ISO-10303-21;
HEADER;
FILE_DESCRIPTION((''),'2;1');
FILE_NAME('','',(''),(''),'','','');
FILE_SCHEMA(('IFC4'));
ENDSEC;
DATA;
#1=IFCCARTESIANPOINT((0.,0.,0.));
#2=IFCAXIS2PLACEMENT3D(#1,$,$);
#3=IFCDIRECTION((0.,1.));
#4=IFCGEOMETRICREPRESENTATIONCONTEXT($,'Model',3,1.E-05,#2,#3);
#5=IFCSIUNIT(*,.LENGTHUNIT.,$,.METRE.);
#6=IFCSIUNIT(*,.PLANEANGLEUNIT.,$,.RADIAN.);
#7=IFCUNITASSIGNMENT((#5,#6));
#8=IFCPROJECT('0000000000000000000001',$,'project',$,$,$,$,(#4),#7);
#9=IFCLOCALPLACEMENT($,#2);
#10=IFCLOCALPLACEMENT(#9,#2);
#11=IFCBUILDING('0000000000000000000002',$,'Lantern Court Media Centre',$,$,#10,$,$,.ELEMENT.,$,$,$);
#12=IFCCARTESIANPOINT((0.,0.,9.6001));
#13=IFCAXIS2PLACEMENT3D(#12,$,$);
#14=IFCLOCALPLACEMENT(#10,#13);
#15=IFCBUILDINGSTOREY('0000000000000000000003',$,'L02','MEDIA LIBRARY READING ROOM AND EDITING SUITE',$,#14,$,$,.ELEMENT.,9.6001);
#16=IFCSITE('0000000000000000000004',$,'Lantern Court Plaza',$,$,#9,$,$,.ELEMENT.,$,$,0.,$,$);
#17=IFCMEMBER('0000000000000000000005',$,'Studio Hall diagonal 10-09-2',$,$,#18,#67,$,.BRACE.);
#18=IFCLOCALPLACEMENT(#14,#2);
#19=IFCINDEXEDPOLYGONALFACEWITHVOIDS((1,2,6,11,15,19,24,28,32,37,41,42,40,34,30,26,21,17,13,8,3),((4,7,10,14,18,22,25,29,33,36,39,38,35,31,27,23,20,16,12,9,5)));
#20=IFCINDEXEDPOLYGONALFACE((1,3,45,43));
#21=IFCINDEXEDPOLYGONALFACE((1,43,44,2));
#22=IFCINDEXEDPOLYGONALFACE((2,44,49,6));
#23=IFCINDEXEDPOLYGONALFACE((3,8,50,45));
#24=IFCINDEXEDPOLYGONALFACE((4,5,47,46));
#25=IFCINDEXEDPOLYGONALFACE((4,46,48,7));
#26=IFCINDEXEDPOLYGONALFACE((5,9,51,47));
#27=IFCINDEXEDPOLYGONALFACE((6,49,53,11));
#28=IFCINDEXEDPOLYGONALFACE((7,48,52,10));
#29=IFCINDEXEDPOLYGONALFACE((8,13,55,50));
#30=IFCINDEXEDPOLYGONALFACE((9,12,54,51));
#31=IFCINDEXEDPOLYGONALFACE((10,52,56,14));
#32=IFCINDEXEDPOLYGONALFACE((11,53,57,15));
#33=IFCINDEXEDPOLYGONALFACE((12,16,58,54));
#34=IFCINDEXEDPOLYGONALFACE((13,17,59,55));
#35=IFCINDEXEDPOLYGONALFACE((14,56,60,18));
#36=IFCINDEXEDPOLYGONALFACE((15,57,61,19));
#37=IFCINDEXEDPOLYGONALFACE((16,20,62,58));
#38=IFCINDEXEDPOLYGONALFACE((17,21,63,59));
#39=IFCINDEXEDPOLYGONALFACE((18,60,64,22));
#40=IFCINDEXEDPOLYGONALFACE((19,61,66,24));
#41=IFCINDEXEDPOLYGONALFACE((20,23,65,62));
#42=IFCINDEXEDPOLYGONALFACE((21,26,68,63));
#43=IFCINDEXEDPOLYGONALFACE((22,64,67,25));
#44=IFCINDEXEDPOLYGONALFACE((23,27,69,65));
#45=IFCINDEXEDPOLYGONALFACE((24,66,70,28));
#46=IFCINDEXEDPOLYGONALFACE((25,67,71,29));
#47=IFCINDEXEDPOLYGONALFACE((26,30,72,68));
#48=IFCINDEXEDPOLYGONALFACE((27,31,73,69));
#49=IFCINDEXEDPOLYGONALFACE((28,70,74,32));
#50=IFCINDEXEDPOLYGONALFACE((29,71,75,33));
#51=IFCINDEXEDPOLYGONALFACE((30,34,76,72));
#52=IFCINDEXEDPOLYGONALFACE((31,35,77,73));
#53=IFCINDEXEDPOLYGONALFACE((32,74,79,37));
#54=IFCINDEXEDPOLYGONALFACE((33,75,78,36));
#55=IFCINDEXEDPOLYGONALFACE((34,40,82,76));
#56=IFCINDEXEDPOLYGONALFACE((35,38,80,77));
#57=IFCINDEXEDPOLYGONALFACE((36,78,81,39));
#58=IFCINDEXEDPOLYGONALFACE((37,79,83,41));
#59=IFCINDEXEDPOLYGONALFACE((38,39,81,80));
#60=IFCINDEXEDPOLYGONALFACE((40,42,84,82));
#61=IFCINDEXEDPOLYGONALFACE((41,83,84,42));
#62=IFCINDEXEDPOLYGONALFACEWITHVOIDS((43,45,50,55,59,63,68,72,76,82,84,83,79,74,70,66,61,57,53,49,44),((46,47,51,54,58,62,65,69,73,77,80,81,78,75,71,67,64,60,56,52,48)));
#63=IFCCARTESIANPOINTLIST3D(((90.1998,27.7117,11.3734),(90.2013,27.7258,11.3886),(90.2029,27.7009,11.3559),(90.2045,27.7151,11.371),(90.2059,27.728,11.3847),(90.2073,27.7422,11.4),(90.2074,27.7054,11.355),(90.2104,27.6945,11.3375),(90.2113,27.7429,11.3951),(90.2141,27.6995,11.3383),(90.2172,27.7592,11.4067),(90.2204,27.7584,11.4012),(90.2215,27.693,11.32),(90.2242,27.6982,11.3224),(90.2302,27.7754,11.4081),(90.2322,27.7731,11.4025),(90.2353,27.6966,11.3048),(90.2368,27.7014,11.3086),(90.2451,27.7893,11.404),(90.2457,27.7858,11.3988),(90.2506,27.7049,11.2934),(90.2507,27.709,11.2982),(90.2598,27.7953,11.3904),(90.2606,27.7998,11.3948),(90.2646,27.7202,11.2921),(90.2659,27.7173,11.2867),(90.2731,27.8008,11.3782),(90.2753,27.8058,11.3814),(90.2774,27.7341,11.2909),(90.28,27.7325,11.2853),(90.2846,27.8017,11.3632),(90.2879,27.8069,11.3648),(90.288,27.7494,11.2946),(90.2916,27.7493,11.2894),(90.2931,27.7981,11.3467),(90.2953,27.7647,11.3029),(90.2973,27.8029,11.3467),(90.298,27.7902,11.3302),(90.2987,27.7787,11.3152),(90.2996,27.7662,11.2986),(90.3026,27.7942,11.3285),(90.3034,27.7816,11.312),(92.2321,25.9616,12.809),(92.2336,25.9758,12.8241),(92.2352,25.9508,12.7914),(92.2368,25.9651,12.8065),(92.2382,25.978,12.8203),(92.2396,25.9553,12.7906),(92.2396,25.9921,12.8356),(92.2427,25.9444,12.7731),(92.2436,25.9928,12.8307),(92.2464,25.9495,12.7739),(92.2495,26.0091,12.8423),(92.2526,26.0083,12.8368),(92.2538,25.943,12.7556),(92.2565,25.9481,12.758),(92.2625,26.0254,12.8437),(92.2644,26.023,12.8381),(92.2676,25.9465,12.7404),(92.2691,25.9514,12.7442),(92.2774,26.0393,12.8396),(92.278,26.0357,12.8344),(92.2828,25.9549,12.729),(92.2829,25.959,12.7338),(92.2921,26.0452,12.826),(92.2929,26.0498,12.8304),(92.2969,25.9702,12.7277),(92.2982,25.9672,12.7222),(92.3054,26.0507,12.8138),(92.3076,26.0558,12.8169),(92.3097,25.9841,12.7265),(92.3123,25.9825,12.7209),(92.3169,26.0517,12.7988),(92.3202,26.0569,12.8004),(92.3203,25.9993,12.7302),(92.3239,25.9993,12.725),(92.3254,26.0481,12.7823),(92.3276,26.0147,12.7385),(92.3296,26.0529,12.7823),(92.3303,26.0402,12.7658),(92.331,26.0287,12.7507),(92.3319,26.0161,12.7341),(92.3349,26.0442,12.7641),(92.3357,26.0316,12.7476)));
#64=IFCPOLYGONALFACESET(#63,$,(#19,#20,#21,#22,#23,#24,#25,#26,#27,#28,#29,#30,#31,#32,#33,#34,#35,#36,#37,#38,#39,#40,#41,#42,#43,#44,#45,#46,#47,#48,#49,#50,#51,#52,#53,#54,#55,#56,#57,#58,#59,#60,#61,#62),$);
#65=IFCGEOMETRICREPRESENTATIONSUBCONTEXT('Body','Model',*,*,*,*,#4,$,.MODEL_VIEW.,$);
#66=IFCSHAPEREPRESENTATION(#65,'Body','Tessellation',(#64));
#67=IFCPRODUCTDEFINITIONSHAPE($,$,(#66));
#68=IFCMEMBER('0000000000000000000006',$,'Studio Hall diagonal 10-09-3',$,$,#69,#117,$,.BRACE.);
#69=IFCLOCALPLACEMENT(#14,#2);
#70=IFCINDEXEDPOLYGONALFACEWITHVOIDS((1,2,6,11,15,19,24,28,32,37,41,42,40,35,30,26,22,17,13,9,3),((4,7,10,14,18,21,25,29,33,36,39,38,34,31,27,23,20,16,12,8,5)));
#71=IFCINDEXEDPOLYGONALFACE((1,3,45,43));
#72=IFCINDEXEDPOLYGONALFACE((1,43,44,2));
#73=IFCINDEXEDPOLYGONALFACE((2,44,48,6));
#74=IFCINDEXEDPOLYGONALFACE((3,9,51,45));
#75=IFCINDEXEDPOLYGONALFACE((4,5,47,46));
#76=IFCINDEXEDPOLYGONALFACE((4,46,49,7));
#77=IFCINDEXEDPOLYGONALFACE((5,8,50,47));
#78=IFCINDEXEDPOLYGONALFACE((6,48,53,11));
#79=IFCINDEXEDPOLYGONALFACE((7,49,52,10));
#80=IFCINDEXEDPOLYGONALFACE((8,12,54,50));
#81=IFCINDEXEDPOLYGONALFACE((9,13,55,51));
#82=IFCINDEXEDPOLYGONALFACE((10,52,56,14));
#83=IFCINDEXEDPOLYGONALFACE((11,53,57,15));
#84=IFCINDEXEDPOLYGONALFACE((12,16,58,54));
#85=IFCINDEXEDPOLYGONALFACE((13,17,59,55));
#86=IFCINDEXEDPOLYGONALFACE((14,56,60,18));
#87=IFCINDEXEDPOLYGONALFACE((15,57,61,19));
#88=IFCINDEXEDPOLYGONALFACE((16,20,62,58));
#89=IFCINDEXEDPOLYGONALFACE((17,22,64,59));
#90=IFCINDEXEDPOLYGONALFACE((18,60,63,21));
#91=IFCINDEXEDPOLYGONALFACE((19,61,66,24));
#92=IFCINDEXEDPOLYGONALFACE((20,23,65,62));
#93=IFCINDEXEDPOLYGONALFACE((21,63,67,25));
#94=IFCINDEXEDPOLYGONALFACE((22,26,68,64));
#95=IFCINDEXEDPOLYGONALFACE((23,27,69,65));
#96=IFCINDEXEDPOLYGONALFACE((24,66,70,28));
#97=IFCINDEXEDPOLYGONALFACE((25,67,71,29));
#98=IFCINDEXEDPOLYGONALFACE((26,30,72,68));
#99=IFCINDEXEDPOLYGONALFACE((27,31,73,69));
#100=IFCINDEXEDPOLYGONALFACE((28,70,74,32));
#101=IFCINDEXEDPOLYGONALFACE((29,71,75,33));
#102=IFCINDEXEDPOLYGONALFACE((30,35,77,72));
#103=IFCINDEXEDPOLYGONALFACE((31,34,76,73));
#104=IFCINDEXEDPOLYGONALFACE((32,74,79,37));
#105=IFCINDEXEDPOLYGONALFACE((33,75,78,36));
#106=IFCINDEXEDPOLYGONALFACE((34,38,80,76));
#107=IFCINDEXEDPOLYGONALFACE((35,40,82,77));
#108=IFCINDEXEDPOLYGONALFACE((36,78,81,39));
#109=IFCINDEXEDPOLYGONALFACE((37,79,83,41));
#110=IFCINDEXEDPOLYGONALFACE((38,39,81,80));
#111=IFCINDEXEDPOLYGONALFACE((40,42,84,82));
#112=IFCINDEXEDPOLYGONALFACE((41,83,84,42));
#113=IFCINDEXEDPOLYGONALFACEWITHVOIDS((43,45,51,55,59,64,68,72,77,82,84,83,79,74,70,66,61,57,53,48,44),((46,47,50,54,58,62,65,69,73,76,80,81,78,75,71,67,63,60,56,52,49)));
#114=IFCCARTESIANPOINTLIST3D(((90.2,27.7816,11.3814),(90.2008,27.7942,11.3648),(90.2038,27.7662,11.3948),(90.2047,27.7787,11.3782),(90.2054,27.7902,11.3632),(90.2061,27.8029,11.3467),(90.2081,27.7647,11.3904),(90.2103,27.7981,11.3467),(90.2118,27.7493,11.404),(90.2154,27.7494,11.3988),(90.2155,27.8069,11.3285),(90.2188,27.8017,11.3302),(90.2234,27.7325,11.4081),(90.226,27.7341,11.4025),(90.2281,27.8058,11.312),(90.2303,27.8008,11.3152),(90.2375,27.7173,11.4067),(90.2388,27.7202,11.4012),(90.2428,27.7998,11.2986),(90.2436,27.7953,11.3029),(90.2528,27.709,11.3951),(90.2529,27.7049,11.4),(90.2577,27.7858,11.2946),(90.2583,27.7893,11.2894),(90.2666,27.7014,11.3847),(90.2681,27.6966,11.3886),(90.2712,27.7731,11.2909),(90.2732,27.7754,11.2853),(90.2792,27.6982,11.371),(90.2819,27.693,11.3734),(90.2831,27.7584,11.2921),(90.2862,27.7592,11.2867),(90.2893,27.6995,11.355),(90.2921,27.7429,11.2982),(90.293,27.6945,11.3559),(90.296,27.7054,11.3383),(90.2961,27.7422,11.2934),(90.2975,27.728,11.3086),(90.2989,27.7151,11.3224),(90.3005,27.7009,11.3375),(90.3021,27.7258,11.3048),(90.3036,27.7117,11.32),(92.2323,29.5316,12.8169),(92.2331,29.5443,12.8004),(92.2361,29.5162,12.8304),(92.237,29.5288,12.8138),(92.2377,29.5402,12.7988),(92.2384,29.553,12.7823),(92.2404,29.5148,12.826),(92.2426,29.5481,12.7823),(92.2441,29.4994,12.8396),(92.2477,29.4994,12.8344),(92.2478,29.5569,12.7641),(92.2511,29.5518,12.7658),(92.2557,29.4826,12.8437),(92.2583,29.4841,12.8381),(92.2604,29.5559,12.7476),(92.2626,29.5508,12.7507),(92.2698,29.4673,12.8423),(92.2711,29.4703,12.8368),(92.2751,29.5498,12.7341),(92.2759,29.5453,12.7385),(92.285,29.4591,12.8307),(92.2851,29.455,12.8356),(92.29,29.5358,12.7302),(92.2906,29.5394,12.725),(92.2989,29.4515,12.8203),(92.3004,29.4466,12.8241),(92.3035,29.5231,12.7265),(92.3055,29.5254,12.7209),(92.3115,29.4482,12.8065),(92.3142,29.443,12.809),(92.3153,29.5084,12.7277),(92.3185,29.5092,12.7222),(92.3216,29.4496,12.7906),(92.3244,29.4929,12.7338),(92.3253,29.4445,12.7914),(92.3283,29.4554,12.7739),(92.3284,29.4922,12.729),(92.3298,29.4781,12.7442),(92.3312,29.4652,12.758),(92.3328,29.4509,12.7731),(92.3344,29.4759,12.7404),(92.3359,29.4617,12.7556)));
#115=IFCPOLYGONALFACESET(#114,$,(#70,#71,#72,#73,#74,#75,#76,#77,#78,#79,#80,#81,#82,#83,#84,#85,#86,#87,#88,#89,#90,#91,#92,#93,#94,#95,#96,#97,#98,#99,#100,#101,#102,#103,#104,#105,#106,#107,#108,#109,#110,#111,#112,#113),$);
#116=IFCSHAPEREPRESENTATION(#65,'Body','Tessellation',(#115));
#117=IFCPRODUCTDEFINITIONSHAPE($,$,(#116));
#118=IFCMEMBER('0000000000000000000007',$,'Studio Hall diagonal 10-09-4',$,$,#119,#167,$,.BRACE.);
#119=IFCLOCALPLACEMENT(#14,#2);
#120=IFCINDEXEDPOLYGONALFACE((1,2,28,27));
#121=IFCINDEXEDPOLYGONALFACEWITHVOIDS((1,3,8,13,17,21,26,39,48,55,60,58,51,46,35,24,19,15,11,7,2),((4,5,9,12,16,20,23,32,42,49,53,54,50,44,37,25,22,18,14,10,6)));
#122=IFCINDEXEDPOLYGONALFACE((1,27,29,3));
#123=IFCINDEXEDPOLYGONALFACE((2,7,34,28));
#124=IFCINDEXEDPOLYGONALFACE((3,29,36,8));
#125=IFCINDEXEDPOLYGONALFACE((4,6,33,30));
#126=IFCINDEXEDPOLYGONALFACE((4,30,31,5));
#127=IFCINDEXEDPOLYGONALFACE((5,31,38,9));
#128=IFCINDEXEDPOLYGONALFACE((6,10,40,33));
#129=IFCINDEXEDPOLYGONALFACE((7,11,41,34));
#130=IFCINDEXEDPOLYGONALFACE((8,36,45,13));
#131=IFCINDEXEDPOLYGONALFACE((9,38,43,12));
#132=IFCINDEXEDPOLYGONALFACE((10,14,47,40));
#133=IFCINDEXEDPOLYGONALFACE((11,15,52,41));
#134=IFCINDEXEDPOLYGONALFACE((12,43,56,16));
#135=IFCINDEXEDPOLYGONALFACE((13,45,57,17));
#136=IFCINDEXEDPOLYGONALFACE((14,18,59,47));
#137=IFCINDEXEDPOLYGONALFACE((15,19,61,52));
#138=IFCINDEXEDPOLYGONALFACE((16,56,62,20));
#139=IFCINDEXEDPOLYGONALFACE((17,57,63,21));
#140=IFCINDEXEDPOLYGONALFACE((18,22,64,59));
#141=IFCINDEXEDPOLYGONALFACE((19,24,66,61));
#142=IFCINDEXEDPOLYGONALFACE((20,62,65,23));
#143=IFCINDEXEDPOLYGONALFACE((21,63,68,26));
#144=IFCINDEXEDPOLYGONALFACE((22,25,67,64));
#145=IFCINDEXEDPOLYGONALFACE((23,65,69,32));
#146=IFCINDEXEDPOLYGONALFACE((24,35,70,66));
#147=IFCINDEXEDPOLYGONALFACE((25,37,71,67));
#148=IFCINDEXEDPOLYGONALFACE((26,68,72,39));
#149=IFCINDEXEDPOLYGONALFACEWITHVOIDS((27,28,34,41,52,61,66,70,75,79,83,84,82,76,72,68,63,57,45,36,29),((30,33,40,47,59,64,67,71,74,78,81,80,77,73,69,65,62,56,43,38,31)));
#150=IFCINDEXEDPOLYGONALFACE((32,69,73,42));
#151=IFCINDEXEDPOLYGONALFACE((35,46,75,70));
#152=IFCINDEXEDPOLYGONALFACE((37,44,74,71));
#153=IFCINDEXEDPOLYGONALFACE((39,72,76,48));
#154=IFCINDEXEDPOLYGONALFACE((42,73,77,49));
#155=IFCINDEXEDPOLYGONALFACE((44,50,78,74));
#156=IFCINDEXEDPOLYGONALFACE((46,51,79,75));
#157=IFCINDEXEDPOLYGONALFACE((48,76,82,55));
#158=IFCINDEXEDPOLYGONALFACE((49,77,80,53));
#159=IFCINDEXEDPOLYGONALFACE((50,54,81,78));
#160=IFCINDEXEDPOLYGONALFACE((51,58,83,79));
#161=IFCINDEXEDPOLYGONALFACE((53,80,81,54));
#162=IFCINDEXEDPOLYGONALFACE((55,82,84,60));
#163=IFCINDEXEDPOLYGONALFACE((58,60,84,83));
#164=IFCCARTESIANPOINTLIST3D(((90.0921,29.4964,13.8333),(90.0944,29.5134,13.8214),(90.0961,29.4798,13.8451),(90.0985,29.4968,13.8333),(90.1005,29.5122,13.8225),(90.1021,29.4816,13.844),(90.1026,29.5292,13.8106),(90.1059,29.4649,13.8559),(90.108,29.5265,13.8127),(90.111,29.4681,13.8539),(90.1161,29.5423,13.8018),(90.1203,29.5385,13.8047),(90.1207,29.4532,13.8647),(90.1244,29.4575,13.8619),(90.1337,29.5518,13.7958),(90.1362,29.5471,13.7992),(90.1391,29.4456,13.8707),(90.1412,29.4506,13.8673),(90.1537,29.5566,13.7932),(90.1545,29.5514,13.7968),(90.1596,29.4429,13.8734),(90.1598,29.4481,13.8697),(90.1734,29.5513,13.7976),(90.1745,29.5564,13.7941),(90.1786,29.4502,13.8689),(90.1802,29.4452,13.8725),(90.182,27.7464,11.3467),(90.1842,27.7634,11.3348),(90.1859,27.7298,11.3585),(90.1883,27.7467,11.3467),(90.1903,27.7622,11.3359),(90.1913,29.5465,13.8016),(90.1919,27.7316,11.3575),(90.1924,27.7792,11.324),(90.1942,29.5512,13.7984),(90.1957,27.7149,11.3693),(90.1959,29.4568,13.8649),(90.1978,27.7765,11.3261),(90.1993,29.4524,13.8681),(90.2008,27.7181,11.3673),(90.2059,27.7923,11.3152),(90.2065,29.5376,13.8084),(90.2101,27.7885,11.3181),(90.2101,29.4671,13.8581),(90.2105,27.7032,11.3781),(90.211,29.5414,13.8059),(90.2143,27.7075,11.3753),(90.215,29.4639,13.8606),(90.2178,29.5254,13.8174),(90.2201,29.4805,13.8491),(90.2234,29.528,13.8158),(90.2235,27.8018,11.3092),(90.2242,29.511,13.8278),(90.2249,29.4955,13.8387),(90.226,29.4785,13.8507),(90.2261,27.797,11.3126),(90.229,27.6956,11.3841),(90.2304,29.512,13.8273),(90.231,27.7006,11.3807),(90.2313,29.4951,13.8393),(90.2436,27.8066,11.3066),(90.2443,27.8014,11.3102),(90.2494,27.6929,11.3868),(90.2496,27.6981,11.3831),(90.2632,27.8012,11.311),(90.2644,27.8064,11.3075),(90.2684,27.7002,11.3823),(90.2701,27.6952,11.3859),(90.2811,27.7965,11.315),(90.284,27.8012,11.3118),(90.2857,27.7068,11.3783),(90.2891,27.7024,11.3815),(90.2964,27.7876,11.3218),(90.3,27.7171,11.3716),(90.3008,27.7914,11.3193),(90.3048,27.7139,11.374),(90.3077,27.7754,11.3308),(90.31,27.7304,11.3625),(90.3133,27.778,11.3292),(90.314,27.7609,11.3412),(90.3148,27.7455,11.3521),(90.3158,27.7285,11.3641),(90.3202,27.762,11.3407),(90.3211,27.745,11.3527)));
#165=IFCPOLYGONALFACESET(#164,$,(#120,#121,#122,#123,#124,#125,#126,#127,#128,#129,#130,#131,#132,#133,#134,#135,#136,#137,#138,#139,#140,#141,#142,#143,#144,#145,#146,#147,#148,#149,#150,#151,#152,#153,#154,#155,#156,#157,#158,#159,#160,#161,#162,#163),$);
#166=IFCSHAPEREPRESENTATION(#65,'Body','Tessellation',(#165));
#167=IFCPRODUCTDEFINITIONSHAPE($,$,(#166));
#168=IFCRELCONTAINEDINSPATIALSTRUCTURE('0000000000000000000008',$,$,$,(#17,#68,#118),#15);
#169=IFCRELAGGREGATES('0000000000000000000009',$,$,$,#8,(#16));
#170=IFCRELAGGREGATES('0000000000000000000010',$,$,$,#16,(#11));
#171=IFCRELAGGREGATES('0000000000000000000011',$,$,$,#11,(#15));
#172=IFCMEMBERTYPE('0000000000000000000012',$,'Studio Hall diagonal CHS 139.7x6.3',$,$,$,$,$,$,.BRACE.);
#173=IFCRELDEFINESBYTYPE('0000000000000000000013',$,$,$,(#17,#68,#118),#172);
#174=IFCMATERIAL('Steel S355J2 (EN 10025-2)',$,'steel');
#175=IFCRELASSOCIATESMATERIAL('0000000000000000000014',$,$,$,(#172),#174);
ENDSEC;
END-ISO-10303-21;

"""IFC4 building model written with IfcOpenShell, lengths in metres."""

from ifc_helpers import new_model, si_unit, direction, frame, origin, origin_2d, place, context, subcontext, project, spatial, hollow_circle, extrude, material, material_profile, profile_set, type_object, element, save


model = new_model("IFC4")

# Units and contexts
model_context = context("Model", 3, precision=1e-05, world=origin(), true_north=direction((0.0, 1.0)))
body_context = subcontext(model_context, "Body", "Model", "MODEL_VIEW")
ifc_project = project(units=[si_unit("LENGTHUNIT", "METRE"), si_unit("PLANEANGLEUNIT", "RADIAN")], contexts=[model_context])

# Site, building, storey
site_placement = place(None, origin())
site = spatial("IfcSite", under=ifc_project, at=site_placement, Name="Lantern Court Plaza", CompositionType="ELEMENT", RefElevation=0.0)
building_placement = place(site_placement, origin())
building = spatial("IfcBuilding", under=site, at=building_placement, Name="Lantern Court Media Centre", CompositionType="ELEMENT")
storey_placement = place(building_placement, frame((0.0, 0.0, 9.6001)))
storey = spatial("IfcBuildingStorey", under=building, at=storey_placement, Name="L02", Description="MEDIA LIBRARY READING ROOM AND EDITING SUITE", CompositionType="ELEMENT", Elevation=9.6001)

# Members
ifc_material = material(Name="Steel S355J2 (EN 10025-2)", Category="steel")
ifc_material_profile_1 = material_profile(ifc_material, hollow_circle(Radius=0.0698, WallThickness=0.0063, at=origin_2d()), Name="Studio Hall diagonal CHS 139.7x6.3")
ifc_profile_set_1 = profile_set([ifc_material_profile_1], Name="Steel S355J2 (EN 10025-2)")
member_type_1 = type_object("IfcMemberType", Name="Studio Hall diagonal CHS 139.7x6.3", PredefinedType="BRACE", material=ifc_profile_set_1)
for number, where, z_axis, x_axis, name in (
    (1, (90.2517, 27.75, 11.3467), (0.668075, -0.575296, 0.471922), (0.652529, 0.757764, 0.0), "Studio Hall diagonal 10-09-2"),
    (2, (90.2517, 27.75, 11.3467), (0.668075, 0.575296, 0.471922), (-0.652529, 0.757764, 0.0), "Studio Hall diagonal 10-09-3"),
    (3, (90.2517, 27.75, 11.3467), (-0.029535, 0.575284, 0.81742), (-0.998685, -0.051272, 0.0), "Studio Hall diagonal 10-09-4"),
):
    element("IfcMember", number, at=place(storey_placement, frame(where, z_axis=z_axis, x_axis=x_axis)), inside=storey, type_object=member_type_1, Name=name, PredefinedType="BRACE", context=body_context, shape_type="SweptSolid", body=[
        extrude(hollow_circle(Radius=0.0698, WallThickness=0.0063, at=origin_2d()), origin(), (0.0, 0.0, 1.0), 3.042),
    ])

save(model, "model.ifc")
